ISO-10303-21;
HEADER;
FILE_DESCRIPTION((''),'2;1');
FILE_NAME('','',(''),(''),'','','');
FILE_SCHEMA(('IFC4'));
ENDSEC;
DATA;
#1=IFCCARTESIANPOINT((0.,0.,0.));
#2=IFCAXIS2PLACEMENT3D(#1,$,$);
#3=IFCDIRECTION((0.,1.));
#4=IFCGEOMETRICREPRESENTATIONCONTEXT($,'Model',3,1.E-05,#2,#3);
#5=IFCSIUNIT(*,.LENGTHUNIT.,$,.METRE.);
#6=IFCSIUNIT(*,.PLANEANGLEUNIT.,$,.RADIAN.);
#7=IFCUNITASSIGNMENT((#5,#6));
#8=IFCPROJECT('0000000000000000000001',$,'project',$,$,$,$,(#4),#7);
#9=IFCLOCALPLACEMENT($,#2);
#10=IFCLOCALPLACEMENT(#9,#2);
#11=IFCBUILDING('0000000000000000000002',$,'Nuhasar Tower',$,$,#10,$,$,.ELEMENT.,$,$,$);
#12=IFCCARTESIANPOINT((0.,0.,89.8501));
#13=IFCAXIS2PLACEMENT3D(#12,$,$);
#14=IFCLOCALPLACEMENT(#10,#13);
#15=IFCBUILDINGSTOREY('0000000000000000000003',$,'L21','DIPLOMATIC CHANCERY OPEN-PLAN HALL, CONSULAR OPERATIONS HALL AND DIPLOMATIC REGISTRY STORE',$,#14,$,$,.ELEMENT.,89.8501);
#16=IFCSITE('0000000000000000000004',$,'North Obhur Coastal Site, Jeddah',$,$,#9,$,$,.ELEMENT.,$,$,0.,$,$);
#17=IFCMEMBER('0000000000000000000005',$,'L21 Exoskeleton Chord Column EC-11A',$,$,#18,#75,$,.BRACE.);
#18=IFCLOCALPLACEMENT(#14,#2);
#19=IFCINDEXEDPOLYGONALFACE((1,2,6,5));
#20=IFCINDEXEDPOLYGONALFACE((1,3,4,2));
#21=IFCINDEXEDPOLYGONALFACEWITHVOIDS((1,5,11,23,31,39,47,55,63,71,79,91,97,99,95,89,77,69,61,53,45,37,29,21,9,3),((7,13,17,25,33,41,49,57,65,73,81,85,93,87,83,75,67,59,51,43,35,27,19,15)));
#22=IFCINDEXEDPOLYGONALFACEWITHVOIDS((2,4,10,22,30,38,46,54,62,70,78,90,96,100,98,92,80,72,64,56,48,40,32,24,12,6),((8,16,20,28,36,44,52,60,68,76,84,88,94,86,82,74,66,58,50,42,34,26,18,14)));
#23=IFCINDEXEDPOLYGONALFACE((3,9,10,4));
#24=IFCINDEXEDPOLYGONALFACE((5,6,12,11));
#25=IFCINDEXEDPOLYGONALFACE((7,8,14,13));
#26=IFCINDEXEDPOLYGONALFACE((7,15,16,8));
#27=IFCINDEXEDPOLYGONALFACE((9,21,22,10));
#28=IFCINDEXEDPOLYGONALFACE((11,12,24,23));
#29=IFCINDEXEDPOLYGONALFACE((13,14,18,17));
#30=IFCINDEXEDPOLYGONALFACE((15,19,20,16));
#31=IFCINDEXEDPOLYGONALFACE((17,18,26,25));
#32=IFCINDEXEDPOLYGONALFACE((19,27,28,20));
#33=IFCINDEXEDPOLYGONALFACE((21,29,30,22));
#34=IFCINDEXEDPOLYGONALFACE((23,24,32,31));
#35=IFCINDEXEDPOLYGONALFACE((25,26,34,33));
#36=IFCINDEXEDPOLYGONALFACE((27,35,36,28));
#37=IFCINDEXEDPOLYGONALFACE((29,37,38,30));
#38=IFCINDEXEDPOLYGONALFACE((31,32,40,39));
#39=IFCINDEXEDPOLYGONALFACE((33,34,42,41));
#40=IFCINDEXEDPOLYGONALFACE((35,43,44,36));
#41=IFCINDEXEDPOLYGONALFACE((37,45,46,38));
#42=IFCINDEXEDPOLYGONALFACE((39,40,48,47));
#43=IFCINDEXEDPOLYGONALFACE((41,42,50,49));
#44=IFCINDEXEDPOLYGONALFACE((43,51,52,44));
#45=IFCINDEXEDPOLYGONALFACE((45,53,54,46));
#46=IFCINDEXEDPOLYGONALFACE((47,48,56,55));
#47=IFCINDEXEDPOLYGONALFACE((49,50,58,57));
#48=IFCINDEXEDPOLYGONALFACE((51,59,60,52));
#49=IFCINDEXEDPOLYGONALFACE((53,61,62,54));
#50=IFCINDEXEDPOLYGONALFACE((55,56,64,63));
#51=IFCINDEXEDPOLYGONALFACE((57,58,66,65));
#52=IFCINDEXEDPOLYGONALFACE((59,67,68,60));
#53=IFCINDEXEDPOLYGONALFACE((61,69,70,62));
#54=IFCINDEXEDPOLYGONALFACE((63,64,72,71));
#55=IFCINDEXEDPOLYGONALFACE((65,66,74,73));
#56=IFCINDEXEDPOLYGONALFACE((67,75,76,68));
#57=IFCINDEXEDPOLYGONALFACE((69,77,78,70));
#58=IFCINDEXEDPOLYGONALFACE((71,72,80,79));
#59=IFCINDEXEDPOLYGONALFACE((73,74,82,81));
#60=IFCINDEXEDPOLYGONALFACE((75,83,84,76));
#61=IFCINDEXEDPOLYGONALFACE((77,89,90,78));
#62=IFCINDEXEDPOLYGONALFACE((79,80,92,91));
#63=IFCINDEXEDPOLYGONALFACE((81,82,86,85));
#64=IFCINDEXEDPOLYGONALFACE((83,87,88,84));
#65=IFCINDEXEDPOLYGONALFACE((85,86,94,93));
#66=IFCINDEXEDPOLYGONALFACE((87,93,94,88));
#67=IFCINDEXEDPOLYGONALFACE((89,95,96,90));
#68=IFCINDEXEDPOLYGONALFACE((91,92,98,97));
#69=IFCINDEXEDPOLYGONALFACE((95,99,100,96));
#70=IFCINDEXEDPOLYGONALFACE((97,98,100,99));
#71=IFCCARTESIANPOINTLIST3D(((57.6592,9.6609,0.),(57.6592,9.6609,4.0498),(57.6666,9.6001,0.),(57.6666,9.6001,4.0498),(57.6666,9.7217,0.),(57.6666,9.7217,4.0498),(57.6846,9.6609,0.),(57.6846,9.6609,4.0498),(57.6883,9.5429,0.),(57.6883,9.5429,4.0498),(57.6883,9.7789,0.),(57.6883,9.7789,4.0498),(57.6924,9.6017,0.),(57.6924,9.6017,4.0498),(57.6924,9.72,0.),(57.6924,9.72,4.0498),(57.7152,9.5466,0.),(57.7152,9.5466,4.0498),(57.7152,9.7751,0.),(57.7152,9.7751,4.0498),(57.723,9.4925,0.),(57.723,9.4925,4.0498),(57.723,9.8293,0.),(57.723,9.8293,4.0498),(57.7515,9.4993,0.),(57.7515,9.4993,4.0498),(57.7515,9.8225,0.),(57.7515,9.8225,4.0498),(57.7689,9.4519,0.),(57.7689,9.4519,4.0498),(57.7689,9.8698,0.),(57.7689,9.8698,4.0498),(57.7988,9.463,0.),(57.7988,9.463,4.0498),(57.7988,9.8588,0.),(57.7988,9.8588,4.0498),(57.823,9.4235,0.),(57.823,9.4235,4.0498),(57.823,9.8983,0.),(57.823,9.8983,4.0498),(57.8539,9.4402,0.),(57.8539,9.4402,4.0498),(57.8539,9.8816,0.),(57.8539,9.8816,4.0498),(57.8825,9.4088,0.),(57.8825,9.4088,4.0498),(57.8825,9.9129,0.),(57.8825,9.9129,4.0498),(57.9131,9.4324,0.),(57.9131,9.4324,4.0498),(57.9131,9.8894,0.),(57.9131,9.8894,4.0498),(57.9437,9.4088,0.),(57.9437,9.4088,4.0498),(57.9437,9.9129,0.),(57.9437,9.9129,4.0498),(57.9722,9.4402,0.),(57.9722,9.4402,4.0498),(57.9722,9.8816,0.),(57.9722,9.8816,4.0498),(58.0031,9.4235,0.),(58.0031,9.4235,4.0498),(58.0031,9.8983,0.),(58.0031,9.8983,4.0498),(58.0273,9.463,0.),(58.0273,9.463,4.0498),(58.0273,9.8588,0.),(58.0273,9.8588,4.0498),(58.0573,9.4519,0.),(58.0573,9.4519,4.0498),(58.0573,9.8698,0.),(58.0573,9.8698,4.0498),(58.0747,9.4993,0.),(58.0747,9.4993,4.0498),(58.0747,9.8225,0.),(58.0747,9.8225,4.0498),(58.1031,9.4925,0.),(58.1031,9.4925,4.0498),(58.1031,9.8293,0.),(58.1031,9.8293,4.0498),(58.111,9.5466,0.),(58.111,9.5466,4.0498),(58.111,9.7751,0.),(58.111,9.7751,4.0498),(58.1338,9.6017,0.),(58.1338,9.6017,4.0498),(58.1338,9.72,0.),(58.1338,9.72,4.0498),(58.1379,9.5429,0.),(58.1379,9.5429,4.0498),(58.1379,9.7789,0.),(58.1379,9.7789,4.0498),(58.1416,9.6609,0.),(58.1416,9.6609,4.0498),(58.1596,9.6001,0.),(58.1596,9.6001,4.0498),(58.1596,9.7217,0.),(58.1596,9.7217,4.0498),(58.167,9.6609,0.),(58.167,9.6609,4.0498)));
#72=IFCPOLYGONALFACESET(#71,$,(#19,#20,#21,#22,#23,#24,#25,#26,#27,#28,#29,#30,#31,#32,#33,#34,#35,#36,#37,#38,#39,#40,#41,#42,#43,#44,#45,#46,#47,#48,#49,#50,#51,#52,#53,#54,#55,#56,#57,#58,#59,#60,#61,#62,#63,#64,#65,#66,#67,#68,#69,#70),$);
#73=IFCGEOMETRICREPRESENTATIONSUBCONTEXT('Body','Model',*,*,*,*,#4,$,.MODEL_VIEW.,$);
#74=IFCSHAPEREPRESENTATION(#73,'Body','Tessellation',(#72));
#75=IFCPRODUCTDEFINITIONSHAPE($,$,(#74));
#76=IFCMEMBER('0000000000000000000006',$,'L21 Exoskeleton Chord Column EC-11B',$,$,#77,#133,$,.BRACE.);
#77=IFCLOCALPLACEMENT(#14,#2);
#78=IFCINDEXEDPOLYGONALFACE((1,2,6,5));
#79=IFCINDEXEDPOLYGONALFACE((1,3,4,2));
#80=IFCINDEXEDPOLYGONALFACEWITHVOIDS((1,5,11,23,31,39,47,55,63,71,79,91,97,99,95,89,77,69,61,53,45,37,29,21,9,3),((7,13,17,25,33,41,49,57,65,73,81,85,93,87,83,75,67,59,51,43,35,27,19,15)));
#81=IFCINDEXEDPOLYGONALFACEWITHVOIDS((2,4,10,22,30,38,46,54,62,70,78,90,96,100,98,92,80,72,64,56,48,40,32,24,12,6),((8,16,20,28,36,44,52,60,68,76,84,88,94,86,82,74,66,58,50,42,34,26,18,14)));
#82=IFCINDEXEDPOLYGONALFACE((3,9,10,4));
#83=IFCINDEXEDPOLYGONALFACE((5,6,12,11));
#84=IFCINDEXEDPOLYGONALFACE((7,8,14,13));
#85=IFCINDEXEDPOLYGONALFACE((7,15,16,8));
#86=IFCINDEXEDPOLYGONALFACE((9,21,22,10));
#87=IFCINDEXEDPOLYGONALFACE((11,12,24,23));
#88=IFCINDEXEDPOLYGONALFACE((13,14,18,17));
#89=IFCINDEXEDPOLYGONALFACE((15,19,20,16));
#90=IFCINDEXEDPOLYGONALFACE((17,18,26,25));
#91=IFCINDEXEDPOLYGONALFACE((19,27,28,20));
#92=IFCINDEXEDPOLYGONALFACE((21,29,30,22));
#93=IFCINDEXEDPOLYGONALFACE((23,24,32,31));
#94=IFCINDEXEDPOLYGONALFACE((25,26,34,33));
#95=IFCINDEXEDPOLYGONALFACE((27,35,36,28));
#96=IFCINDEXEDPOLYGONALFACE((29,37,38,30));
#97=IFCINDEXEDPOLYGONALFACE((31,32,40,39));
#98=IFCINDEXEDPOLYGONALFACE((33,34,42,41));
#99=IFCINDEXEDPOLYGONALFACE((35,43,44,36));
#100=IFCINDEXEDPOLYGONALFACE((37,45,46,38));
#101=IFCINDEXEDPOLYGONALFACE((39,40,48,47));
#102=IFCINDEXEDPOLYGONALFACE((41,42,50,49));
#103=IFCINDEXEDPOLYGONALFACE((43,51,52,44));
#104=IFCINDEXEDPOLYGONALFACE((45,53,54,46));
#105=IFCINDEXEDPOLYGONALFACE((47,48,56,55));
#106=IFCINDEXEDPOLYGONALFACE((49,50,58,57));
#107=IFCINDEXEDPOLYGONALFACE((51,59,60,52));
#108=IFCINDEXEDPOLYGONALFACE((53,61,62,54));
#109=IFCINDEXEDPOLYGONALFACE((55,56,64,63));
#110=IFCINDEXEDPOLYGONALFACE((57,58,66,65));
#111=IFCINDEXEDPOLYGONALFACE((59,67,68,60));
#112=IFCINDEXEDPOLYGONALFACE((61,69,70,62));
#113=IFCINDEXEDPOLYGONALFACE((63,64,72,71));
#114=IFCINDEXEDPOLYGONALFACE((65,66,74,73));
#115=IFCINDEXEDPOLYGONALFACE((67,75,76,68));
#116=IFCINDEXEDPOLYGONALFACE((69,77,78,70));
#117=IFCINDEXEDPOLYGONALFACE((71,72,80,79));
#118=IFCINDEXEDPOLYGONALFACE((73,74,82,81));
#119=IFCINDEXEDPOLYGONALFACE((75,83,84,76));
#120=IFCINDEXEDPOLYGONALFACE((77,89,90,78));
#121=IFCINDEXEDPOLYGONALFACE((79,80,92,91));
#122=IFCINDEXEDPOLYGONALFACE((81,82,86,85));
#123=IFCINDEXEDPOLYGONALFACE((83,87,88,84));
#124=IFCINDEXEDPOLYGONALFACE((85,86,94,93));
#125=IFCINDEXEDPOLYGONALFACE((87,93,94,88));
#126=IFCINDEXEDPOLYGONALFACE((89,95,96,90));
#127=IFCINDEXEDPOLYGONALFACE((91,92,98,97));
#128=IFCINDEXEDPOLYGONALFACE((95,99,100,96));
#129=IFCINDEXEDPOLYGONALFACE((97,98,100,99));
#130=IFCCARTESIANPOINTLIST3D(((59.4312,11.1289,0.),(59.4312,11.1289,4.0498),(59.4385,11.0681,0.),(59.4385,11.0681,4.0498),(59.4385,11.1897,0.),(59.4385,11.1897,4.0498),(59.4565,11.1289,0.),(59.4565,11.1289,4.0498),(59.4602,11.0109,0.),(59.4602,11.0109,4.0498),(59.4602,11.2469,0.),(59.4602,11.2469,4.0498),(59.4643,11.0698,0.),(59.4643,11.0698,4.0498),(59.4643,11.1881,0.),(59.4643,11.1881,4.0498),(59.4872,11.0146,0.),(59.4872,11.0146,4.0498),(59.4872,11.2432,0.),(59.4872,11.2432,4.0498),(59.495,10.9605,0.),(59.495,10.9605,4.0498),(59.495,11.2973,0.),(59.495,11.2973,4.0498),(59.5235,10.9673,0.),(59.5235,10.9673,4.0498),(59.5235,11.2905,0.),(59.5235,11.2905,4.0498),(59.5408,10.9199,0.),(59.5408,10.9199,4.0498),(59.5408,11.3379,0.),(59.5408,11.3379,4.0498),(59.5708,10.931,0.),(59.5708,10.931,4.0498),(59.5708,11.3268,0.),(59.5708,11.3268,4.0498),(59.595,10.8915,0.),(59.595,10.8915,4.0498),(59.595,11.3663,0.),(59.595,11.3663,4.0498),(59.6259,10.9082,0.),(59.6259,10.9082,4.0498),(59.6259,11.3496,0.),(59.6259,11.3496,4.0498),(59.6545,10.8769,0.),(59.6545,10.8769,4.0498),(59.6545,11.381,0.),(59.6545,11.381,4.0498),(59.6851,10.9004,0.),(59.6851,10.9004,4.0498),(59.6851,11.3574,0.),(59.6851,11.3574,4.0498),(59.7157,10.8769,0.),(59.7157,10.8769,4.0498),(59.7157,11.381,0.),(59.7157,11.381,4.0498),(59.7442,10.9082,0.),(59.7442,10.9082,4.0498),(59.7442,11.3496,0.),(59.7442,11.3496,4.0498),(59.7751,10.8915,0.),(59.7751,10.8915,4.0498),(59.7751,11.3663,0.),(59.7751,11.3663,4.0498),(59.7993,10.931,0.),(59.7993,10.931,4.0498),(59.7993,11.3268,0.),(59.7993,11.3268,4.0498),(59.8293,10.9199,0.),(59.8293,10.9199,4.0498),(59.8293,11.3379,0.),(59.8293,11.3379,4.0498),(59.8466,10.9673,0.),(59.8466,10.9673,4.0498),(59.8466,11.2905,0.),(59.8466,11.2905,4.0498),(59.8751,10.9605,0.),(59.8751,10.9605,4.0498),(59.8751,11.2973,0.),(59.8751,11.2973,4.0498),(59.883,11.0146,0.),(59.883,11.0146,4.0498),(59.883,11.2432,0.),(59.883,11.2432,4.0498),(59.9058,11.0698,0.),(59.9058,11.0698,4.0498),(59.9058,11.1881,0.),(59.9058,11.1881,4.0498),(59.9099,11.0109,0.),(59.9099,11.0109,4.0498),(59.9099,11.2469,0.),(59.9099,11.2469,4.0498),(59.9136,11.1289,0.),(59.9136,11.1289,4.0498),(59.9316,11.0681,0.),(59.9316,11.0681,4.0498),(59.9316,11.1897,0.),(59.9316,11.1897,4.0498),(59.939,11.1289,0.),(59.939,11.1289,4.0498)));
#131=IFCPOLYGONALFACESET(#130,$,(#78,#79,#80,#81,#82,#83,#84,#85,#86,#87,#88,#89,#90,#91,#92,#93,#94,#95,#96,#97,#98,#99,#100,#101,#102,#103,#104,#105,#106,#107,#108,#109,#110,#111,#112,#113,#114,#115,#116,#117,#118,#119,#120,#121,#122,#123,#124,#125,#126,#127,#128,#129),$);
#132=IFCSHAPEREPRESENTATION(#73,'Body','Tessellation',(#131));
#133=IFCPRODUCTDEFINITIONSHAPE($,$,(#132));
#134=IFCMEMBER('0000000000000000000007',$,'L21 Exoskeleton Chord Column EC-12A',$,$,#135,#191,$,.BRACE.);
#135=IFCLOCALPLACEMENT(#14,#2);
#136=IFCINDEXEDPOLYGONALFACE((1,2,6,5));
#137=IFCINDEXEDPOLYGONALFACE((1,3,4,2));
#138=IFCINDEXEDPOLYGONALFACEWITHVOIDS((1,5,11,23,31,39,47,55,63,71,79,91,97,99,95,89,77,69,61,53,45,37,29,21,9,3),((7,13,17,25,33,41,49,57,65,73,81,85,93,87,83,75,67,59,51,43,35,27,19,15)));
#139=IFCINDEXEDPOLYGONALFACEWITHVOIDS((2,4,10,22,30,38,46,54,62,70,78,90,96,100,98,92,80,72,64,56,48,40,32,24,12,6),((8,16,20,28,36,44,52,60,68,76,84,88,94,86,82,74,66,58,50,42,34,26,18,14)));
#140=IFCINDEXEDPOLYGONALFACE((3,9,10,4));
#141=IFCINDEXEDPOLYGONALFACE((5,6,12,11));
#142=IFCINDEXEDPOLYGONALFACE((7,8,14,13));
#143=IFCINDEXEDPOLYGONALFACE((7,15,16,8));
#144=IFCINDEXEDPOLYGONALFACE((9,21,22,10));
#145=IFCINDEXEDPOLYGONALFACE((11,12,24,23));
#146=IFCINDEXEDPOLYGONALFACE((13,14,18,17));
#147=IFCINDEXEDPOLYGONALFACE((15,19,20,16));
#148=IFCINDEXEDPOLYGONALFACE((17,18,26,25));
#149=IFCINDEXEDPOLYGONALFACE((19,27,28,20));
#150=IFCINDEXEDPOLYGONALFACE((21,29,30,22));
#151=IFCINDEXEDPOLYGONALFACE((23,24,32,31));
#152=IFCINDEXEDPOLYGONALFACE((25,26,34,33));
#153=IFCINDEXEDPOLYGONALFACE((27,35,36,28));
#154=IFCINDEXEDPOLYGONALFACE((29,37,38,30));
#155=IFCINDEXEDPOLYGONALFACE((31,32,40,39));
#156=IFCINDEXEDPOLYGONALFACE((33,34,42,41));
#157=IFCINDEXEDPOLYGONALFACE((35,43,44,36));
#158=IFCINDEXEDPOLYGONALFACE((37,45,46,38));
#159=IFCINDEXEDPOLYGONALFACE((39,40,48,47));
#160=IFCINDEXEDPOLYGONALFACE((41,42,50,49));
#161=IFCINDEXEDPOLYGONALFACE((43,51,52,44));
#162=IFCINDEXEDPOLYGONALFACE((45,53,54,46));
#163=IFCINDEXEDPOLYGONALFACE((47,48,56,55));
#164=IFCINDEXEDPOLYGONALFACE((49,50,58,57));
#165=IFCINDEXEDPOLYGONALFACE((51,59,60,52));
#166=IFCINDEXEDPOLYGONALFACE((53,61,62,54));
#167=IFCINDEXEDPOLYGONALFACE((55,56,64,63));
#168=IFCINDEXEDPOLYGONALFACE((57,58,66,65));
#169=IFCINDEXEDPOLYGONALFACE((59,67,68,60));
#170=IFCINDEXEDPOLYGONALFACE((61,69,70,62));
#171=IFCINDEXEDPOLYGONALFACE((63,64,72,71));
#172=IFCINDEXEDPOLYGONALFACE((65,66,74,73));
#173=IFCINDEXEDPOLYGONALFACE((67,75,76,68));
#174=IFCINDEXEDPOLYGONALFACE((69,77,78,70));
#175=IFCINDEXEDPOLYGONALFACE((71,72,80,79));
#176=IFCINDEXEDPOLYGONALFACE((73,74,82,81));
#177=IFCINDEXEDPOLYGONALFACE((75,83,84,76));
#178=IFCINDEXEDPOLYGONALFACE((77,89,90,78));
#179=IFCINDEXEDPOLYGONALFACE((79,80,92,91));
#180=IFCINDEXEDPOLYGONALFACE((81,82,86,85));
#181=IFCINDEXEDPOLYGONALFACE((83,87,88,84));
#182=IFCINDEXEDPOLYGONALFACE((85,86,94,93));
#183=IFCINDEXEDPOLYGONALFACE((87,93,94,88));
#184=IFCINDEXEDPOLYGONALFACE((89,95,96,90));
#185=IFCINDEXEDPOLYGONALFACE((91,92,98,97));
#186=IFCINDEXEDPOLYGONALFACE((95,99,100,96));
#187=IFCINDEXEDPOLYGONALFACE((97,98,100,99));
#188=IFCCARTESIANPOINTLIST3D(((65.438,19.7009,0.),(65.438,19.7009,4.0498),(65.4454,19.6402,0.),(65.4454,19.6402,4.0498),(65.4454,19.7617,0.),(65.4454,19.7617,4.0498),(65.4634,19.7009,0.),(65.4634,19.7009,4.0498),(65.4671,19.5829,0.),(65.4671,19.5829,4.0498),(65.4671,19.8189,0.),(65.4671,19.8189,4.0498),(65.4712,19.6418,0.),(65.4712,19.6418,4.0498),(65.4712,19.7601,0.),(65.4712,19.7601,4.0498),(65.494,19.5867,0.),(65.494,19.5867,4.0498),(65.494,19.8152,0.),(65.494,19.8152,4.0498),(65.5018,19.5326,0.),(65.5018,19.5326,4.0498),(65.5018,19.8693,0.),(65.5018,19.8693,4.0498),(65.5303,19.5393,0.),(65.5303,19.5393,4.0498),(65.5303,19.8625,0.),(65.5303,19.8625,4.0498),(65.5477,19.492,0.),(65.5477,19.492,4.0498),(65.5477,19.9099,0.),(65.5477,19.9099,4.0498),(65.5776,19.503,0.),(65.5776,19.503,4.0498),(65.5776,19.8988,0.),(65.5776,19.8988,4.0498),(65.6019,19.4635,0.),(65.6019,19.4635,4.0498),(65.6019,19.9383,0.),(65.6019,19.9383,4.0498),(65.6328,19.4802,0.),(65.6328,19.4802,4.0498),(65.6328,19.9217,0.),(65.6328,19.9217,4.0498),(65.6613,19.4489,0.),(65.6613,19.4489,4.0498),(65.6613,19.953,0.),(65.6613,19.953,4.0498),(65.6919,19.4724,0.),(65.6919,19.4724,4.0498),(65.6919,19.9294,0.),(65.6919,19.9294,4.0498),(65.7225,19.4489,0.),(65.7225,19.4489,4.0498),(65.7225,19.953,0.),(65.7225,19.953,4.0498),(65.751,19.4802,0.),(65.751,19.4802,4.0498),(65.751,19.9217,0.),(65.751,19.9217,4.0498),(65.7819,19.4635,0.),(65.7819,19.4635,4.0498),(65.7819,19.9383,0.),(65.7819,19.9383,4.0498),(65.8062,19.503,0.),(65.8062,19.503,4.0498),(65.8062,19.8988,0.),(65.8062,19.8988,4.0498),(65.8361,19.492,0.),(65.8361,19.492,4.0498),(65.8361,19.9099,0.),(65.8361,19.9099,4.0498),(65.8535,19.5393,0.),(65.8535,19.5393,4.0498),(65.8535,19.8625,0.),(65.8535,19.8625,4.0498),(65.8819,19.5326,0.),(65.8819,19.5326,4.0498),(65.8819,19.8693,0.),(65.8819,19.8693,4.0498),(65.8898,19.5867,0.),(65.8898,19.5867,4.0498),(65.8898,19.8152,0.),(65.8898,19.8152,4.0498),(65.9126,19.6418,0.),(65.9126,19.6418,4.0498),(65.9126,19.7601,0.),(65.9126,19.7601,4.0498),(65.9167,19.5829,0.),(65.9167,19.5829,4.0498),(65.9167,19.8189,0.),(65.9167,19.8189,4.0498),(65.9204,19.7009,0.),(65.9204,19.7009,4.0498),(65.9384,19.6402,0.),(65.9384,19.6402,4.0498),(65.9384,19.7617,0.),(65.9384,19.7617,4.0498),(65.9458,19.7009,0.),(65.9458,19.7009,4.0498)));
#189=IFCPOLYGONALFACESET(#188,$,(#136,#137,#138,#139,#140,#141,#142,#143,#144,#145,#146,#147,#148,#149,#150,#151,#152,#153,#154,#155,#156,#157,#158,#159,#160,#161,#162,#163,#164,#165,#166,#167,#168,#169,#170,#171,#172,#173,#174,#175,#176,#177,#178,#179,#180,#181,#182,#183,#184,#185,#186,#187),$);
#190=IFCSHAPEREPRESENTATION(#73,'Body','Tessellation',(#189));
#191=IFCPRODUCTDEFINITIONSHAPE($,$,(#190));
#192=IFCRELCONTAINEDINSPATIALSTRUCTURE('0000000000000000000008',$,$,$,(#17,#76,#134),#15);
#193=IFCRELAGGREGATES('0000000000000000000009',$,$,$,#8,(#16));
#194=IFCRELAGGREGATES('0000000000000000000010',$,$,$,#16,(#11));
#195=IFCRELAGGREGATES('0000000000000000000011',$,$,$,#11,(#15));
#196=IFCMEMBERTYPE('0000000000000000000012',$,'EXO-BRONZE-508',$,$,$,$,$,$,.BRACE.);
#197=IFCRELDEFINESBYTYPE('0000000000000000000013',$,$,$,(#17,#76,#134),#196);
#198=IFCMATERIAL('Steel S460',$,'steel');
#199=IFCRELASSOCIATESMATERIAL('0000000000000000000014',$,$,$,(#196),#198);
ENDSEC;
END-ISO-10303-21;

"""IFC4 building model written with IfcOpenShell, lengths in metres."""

from ifc_helpers import new_model, si_unit, direction, frame, origin, origin_2d, place, context, subcontext, project, spatial, hollow_circle, extrude, material, material_profile, profile_set, type_object, element, save


model = new_model("IFC4")

# Units and contexts
model_context = context("Model", 3, precision=1e-05, world=origin(), true_north=direction((0.0, 1.0)))
body_context = subcontext(model_context, "Body", "Model", "MODEL_VIEW")
ifc_project = project(units=[si_unit("LENGTHUNIT", "METRE"), si_unit("PLANEANGLEUNIT", "RADIAN")], contexts=[model_context])

# Site, building, storey
site_placement = place(None, origin())
site = spatial("IfcSite", under=ifc_project, at=site_placement, Name="North Obhur Coastal Site, Jeddah", CompositionType="ELEMENT", RefElevation=0.0)
building_placement = place(site_placement, origin())
building = spatial("IfcBuilding", under=site, at=building_placement, Name="Nuhasar Tower", CompositionType="ELEMENT")
storey_placement = place(building_placement, frame((0.0, 0.0, 89.8501)))
storey = spatial("IfcBuildingStorey", under=building, at=storey_placement, Name="L21", Description="DIPLOMATIC CHANCERY OPEN-PLAN HALL, CONSULAR OPERATIONS HALL AND DIPLOMATIC REGISTRY STORE", CompositionType="ELEMENT", Elevation=89.8501)

# Members
ifc_material_1 = material(Name="Steel S460", Category="steel")
ifc_material_profile_1 = material_profile(ifc_material_1, hollow_circle(Radius=0.2539, WallThickness=0.0254, at=origin_2d()), Name="HSS508X25.4")
ifc_profile_set_1 = profile_set([ifc_material_profile_1], Name="Steel S460")
member_type_1 = type_object("IfcMemberType", Name="EXO-BRONZE-508", PredefinedType="BRACE", material=ifc_profile_set_1)
for number, where, z_axis, x_axis, name in (
    (1, (57.9131, 9.6609, 0.0), (0.0, 0.0, 1.0), (1.0, 0.0, 0.0), "L21 Exoskeleton Chord Column EC-11A"),
    (2, (59.6851, 11.1289, 0.0), (0.0, 0.0, 1.0), (1.0, 0.0, 0.0), "L21 Exoskeleton Chord Column EC-11B"),
    (3, (65.6919, 19.7009, 0.0), (0.0, 0.0, 1.0), (1.0, 0.0, 0.0), "L21 Exoskeleton Chord Column EC-12A"),
):
    element("IfcMember", number, at=place(storey_placement, frame(where, z_axis=z_axis, x_axis=x_axis)), inside=storey, type_object=member_type_1, Name=name, PredefinedType="BRACE", context=body_context, shape_type="SweptSolid", body=[
        extrude(hollow_circle(Radius=0.2539, WallThickness=0.0254, at=origin_2d()), origin(), (0.0, 0.0, 1.0), 4.0498),
    ])

save(model, "model.ifc")
